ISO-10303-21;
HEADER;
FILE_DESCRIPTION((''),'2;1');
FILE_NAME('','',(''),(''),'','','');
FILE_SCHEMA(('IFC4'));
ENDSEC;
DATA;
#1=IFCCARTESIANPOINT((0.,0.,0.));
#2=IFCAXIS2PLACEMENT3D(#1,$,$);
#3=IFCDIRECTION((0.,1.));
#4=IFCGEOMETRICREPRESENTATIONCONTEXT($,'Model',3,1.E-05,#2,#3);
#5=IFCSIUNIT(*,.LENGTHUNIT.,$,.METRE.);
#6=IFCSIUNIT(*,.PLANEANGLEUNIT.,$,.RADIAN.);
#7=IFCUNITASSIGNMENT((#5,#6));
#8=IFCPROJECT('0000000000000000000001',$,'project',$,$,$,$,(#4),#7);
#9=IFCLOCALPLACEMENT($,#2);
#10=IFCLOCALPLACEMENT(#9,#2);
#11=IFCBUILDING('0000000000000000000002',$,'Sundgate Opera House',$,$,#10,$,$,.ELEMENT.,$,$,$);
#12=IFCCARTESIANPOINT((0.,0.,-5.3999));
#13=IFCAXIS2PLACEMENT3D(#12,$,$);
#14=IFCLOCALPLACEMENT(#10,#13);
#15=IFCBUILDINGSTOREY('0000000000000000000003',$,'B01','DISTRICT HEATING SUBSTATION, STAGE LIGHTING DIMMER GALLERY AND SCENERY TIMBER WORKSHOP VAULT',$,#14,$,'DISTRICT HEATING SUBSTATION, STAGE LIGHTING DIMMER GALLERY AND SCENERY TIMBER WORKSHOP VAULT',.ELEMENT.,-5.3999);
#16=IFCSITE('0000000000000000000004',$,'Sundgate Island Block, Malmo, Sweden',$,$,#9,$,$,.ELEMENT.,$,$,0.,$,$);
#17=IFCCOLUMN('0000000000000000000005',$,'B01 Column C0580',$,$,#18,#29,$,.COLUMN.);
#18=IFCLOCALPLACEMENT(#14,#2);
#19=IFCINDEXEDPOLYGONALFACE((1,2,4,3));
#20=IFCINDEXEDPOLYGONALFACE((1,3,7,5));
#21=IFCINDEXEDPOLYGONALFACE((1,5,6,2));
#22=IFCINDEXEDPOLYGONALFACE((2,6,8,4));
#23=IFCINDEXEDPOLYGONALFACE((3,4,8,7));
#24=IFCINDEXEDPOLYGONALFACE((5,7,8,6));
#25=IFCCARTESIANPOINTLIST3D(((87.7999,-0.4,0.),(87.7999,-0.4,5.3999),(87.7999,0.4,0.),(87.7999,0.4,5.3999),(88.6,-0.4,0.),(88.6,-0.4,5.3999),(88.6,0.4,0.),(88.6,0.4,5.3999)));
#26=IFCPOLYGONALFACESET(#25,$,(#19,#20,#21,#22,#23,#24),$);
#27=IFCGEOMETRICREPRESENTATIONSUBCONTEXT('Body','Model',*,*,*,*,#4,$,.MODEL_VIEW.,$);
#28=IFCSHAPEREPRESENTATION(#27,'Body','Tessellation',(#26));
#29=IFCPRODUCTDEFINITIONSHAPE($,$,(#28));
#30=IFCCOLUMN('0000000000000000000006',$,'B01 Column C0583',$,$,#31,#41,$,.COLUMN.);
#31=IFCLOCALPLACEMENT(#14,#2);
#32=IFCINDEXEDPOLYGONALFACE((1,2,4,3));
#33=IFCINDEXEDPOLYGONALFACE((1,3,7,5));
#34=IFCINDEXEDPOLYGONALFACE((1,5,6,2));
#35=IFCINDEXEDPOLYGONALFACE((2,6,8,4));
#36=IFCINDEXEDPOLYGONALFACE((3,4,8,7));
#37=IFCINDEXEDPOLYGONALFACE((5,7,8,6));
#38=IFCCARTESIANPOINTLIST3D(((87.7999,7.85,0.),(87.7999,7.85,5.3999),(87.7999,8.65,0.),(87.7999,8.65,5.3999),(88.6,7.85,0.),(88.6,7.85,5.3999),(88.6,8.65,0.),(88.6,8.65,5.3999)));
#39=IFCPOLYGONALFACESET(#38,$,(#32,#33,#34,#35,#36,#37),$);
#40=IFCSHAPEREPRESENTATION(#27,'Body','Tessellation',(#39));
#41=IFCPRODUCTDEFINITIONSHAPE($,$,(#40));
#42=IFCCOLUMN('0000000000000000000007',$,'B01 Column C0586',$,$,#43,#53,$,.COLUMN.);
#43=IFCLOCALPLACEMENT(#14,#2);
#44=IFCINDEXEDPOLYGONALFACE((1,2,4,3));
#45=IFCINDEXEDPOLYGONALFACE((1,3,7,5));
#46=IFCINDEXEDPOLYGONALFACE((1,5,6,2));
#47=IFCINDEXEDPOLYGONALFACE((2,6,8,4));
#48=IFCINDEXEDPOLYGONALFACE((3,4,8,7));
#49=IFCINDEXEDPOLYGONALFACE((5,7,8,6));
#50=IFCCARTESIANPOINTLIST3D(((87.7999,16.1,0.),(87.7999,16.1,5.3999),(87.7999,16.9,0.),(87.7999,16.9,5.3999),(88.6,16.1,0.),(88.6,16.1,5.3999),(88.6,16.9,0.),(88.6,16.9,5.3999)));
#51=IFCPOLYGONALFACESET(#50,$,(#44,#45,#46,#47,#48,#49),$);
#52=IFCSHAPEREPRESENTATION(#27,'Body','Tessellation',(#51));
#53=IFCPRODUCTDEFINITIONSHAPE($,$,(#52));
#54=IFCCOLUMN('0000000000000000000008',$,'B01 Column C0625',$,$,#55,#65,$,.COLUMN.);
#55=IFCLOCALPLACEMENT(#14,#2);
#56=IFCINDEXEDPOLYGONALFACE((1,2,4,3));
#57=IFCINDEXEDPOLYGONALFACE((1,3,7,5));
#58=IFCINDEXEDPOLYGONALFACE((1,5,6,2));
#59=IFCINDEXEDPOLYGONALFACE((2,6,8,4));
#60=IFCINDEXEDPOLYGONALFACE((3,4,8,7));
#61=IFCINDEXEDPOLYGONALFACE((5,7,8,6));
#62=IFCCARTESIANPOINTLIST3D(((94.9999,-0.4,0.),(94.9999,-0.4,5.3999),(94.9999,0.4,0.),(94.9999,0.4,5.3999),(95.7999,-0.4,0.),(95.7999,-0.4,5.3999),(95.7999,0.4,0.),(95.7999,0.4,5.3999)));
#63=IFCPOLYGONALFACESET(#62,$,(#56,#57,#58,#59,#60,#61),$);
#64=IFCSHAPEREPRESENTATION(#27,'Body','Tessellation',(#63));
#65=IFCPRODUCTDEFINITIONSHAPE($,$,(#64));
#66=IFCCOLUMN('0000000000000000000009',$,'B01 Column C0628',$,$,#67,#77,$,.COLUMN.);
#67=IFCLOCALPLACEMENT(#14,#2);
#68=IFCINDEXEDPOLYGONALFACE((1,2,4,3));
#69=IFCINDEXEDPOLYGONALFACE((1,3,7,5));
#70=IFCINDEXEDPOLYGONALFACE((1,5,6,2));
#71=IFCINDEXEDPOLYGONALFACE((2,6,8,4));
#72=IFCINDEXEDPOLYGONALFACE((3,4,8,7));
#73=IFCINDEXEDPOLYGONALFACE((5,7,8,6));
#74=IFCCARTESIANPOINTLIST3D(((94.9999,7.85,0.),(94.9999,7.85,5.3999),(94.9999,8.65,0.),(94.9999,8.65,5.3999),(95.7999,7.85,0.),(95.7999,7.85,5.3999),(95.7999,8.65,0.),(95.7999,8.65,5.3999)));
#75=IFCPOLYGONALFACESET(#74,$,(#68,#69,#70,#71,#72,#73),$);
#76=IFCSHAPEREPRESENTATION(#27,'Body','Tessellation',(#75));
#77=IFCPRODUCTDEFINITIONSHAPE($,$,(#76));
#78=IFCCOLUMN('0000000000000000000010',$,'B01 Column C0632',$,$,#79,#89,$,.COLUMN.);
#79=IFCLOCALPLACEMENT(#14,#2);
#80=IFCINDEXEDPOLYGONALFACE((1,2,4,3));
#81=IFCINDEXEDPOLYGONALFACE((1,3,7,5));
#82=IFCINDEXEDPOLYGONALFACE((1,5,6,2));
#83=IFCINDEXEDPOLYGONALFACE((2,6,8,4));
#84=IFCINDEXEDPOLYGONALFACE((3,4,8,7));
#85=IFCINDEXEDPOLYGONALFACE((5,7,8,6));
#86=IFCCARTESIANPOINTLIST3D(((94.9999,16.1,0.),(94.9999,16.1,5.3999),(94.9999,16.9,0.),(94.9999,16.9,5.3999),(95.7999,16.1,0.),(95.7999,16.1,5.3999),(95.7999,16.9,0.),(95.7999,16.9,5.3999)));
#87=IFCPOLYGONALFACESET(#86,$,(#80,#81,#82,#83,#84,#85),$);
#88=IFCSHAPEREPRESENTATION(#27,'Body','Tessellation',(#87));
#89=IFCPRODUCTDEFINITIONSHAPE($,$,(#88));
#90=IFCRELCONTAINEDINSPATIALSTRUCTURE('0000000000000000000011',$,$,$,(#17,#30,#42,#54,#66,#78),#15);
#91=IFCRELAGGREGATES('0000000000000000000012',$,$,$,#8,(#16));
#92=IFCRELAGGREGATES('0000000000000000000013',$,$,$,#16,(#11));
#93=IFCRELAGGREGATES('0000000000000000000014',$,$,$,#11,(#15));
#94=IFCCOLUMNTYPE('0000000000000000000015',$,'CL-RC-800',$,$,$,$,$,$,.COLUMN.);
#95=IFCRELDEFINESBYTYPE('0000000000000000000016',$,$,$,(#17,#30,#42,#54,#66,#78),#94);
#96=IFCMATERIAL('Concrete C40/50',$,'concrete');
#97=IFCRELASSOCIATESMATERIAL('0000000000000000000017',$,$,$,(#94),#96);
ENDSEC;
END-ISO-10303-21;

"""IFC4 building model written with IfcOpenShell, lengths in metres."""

from ifc_helpers import new_model, si_unit, direction, frame, origin, origin_2d, place, context, subcontext, project, spatial, rectangle, extrude, material, material_profile, profile_set, type_object, element, save


model = new_model("IFC4")

# Units and contexts
model_context = context("Model", 3, precision=1e-05, world=origin(), true_north=direction((0.0, 1.0)))
body_context = subcontext(model_context, "Body", "Model", "MODEL_VIEW")
ifc_project = project(units=[si_unit("LENGTHUNIT", "METRE"), si_unit("PLANEANGLEUNIT", "RADIAN")], contexts=[model_context])

# Site, building, storey
site_placement = place(None, origin())
site = spatial("IfcSite", under=ifc_project, at=site_placement, Name="Sundgate Island Block, Malmo, Sweden", CompositionType="ELEMENT", RefElevation=0.0)
building_placement = place(site_placement, origin())
building = spatial("IfcBuilding", under=site, at=building_placement, Name="Sundgate Opera House", CompositionType="ELEMENT")
storey_placement = place(building_placement, frame((0.0, 0.0, -5.3999)))
storey = spatial("IfcBuildingStorey", under=building, at=storey_placement, Name="B01", Description="DISTRICT HEATING SUBSTATION, STAGE LIGHTING DIMMER GALLERY AND SCENERY TIMBER WORKSHOP VAULT", LongName="DISTRICT HEATING SUBSTATION, STAGE LIGHTING DIMMER GALLERY AND SCENERY TIMBER WORKSHOP VAULT", CompositionType="ELEMENT", Elevation=-5.3999)

# Columns
ifc_material_1 = material(Name="Concrete C40/50", Category="concrete")
ifc_material_profile_1 = material_profile(ifc_material_1, rectangle(XDim=0.8, YDim=0.8, at=origin_2d()), Name="RC 800x800")
ifc_profile_set_1 = profile_set([ifc_material_profile_1], Name="Concrete C40/50")
column_type = type_object("IfcColumnType", Name="CL-RC-800", PredefinedType="COLUMN", material=ifc_profile_set_1)
for number, where, z_axis, x_axis, name in (
    (1, (88.2, 0.0, 0.0), (0.0, 0.0, 1.0), (1.0, 0.0, 0.0), "B01 Column C0580"),
    (2, (88.2, 8.25, 0.0), (0.0, 0.0, 1.0), (1.0, 0.0, 0.0), "B01 Column C0583"),
    (3, (88.2, 16.5, 0.0), (0.0, 0.0, 1.0), (1.0, 0.0, 0.0), "B01 Column C0586"),
    (4, (95.3999, 0.0, 0.0), (0.0, 0.0, 1.0), (1.0, 0.0, 0.0), "B01 Column C0625"),
    (5, (95.3999, 8.25, 0.0), (0.0, 0.0, 1.0), (1.0, 0.0, 0.0), "B01 Column C0628"),
    (6, (95.3999, 16.5, 0.0), (0.0, 0.0, 1.0), (1.0, 0.0, 0.0), "B01 Column C0632"),
):
    element("IfcColumn", number, at=place(storey_placement, frame(where, z_axis=z_axis, x_axis=x_axis)), inside=storey, type_object=column_type, Name=name, PredefinedType="COLUMN", context=body_context, shape_type="SweptSolid", body=[
        extrude(rectangle(XDim=0.8, YDim=0.8, at=origin_2d()), origin(), (0.0, 0.0, 1.0), 5.3999),
    ])

save(model, "model.ifc")
